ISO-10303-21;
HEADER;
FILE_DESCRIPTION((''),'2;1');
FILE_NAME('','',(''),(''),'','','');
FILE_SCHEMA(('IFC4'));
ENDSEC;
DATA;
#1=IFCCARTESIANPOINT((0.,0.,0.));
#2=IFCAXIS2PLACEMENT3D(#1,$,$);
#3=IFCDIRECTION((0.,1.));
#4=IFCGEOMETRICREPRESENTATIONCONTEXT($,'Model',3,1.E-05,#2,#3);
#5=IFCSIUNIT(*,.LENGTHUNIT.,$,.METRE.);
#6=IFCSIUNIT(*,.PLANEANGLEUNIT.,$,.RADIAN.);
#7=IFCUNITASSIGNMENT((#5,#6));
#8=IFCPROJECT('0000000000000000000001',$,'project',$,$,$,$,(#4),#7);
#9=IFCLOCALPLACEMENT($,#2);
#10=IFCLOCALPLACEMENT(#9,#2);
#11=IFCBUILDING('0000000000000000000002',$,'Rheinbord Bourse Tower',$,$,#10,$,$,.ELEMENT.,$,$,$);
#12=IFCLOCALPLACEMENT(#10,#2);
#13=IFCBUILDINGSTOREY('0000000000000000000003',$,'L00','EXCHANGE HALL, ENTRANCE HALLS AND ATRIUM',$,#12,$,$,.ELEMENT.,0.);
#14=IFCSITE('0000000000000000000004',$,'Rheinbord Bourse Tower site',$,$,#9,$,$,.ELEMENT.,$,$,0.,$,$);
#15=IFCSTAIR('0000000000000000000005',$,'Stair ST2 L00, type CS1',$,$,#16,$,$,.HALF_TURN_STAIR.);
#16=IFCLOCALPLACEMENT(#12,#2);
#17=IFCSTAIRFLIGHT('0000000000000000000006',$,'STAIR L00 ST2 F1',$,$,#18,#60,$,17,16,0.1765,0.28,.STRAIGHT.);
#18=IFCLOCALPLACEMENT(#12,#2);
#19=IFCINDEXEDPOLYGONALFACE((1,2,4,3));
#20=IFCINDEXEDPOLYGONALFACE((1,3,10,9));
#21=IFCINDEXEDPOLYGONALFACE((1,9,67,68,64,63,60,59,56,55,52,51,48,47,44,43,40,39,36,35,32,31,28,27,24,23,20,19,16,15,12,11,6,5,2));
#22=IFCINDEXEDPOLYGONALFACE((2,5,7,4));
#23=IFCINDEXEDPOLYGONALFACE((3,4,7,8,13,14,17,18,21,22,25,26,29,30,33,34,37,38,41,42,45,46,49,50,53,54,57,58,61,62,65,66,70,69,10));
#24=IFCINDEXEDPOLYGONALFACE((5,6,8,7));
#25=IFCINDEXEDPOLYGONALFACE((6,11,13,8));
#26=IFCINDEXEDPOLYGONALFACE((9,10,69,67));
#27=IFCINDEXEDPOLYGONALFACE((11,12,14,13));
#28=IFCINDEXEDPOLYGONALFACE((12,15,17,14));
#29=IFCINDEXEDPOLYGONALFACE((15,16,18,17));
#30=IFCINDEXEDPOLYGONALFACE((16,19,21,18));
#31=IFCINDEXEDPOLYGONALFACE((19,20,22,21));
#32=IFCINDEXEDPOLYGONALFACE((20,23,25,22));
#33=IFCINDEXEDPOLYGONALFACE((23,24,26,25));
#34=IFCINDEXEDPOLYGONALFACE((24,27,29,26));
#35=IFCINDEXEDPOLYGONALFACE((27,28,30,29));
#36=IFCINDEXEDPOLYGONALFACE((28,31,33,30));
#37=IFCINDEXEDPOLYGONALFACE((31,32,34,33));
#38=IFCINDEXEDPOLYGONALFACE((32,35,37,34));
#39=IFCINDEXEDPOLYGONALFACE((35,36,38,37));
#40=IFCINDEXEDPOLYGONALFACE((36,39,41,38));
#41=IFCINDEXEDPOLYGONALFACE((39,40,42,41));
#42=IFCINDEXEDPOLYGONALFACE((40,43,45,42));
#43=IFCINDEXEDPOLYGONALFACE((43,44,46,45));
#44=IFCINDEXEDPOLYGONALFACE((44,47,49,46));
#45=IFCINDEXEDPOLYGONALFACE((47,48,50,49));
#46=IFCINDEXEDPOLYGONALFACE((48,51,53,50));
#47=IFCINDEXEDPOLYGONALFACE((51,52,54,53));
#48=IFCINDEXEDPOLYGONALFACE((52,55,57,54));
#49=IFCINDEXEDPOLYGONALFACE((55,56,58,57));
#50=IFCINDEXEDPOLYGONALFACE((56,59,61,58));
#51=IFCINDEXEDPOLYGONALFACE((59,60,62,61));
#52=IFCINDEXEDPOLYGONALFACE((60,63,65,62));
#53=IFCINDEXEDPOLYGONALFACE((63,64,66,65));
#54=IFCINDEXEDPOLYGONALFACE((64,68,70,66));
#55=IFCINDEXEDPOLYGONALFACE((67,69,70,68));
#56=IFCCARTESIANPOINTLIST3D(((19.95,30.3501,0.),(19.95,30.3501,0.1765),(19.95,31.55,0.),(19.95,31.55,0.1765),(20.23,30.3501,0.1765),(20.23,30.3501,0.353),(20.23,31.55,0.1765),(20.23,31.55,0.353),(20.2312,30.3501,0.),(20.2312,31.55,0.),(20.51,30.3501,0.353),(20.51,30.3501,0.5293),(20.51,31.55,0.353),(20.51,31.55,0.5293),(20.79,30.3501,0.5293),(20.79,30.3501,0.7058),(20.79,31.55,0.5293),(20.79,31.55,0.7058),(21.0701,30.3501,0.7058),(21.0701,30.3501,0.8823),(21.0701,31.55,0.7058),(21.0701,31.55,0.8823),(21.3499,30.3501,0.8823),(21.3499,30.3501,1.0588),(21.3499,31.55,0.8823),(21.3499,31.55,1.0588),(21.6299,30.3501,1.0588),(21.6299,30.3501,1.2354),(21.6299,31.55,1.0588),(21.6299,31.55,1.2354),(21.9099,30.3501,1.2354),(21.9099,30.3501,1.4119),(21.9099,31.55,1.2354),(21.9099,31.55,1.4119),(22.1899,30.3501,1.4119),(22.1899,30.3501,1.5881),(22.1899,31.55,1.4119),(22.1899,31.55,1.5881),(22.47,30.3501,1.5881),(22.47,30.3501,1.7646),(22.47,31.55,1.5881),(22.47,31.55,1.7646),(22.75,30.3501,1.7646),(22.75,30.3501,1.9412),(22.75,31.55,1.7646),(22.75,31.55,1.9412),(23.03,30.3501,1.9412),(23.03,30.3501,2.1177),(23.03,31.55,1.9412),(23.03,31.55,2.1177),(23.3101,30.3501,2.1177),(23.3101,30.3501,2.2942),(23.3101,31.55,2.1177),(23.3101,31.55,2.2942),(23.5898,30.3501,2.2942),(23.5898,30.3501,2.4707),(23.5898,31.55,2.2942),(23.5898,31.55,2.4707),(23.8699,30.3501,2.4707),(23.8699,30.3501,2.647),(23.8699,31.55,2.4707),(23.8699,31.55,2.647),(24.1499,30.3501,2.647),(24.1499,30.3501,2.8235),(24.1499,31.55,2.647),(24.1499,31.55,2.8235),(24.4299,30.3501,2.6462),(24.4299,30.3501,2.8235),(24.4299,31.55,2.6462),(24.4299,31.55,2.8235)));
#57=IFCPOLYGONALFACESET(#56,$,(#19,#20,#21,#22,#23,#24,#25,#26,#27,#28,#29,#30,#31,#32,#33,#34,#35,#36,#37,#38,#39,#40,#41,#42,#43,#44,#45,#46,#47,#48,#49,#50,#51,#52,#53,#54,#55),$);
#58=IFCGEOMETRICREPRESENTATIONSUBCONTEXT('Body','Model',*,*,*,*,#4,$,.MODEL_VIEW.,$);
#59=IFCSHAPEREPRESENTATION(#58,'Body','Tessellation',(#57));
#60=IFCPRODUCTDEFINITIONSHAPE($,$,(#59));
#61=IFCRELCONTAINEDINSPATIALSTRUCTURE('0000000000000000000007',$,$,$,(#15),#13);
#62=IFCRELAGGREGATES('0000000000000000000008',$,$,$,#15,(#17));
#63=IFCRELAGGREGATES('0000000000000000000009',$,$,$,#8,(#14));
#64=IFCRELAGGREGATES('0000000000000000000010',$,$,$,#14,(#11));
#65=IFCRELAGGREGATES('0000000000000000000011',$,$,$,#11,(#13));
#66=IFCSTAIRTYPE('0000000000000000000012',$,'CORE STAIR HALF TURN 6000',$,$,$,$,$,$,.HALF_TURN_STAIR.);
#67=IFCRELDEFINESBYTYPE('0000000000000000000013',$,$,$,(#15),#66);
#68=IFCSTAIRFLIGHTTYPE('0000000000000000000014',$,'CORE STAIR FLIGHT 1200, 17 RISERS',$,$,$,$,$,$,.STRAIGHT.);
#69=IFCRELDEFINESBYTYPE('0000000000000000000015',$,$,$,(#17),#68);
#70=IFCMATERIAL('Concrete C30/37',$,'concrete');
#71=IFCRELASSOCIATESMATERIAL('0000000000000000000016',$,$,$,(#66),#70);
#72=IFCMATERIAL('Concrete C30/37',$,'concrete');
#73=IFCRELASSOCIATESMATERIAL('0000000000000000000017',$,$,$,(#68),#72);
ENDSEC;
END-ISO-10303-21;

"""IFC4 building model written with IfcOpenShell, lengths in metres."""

from ifc_helpers import new_model, si_unit, direction, frame, origin, place, context, subcontext, project, spatial, polyline, outline, extrude, material, type_object, element, aggregate, save


model = new_model("IFC4")

# Units and contexts
model_context = context("Model", 3, precision=1e-05, world=origin(), true_north=direction((0.0, 1.0)))
body_context = subcontext(model_context, "Body", "Model", "MODEL_VIEW")
ifc_project = project(units=[si_unit("LENGTHUNIT", "METRE"), si_unit("PLANEANGLEUNIT", "RADIAN")], contexts=[model_context])

# Site, building, storey
site_placement = place(None, origin())
site = spatial("IfcSite", under=ifc_project, at=site_placement, Name="Rheinbord Bourse Tower site", CompositionType="ELEMENT", RefElevation=0.0)
building_placement = place(site_placement, origin())
building = spatial("IfcBuilding", under=site, at=building_placement, Name="Rheinbord Bourse Tower", CompositionType="ELEMENT")
storey_placement = place(building_placement, origin())
storey = spatial("IfcBuildingStorey", under=building, at=storey_placement, Name="L00", Description="EXCHANGE HALL, ENTRANCE HALLS AND ATRIUM", CompositionType="ELEMENT", Elevation=0.0)

# Stair, stair flight
ifc_material_1 = material(Name="Concrete C30/37", Category="concrete")
stair_type = type_object("IfcStairType", Name="CORE STAIR HALF TURN 6000", PredefinedType="HALF_TURN_STAIR", material=ifc_material_1)
stair_placement = place(storey_placement, origin())
stair = element("IfcStair", 1, at=stair_placement, inside=storey, type_object=stair_type, Name="Stair ST2 L00, type CS1", PredefinedType="HALF_TURN_STAIR")
ifc_material_2 = material(Name="Concrete C30/37", Category="concrete")
stair_flight_type = type_object("IfcStairFlightType", Name="CORE STAIR FLIGHT 1200, 17 RISERS", PredefinedType="STRAIGHT", material=ifc_material_2)
stair_flight_placement = place(storey_placement, frame((19.95, 30.95, 0.0), z_axis=(0.0, 0.0, 1.0), x_axis=(1.0, 0.0, 0.0)))
stair_flight = element("IfcStairFlight", 2, at=stair_flight_placement, type_object=stair_flight_type, Name="STAIR L00 ST2 F1", NumberOfRisers=17, NumberOfTreads=16, PredefinedType="STRAIGHT", RiserHeight=0.1765, TreadLength=0.28, context=body_context, shape_type="SweptSolid", body=[
    extrude(outline(polyline([(0.0, 0.0), (0.0, 0.1765), (0.28, 0.1765), (0.28, 0.353), (0.5601, 0.353), (0.5601, 0.5293), (0.8401, 0.5293), (0.8401, 0.7058), (1.1201, 0.7058), (1.1201, 0.8823), (1.3999, 0.8823), (1.3999, 1.0588), (1.6799, 1.0588), (1.6799, 1.2354), (1.96, 1.2354), (1.96, 1.4119), (2.24, 1.4119), (2.24, 1.5881), (2.52, 1.5881), (2.52, 1.7646), (2.8, 1.7646), (2.8, 1.9412), (3.0801, 1.9412), (3.0801, 2.1177), (3.3601, 2.1177), (3.3601, 2.2942), (3.6399, 2.2942), (3.6399, 2.4707), (3.9199, 2.4707), (3.9199, 2.647), (4.2, 2.647), (4.2, 2.8235), (4.48, 2.8235), (4.48, 3.0), (4.48, 2.6462), (0.2812, 0.0), (0.0, 0.0)])), frame((0.0, 0.6001, 0.0), z_axis=(0.0, -1.0, 0.0), x_axis=(1.0, 0.0, 0.0)), (0.0, 0.0, 1.0), 1.2),
])
aggregate(stair, [stair_flight])

save(model, "model.ifc")
